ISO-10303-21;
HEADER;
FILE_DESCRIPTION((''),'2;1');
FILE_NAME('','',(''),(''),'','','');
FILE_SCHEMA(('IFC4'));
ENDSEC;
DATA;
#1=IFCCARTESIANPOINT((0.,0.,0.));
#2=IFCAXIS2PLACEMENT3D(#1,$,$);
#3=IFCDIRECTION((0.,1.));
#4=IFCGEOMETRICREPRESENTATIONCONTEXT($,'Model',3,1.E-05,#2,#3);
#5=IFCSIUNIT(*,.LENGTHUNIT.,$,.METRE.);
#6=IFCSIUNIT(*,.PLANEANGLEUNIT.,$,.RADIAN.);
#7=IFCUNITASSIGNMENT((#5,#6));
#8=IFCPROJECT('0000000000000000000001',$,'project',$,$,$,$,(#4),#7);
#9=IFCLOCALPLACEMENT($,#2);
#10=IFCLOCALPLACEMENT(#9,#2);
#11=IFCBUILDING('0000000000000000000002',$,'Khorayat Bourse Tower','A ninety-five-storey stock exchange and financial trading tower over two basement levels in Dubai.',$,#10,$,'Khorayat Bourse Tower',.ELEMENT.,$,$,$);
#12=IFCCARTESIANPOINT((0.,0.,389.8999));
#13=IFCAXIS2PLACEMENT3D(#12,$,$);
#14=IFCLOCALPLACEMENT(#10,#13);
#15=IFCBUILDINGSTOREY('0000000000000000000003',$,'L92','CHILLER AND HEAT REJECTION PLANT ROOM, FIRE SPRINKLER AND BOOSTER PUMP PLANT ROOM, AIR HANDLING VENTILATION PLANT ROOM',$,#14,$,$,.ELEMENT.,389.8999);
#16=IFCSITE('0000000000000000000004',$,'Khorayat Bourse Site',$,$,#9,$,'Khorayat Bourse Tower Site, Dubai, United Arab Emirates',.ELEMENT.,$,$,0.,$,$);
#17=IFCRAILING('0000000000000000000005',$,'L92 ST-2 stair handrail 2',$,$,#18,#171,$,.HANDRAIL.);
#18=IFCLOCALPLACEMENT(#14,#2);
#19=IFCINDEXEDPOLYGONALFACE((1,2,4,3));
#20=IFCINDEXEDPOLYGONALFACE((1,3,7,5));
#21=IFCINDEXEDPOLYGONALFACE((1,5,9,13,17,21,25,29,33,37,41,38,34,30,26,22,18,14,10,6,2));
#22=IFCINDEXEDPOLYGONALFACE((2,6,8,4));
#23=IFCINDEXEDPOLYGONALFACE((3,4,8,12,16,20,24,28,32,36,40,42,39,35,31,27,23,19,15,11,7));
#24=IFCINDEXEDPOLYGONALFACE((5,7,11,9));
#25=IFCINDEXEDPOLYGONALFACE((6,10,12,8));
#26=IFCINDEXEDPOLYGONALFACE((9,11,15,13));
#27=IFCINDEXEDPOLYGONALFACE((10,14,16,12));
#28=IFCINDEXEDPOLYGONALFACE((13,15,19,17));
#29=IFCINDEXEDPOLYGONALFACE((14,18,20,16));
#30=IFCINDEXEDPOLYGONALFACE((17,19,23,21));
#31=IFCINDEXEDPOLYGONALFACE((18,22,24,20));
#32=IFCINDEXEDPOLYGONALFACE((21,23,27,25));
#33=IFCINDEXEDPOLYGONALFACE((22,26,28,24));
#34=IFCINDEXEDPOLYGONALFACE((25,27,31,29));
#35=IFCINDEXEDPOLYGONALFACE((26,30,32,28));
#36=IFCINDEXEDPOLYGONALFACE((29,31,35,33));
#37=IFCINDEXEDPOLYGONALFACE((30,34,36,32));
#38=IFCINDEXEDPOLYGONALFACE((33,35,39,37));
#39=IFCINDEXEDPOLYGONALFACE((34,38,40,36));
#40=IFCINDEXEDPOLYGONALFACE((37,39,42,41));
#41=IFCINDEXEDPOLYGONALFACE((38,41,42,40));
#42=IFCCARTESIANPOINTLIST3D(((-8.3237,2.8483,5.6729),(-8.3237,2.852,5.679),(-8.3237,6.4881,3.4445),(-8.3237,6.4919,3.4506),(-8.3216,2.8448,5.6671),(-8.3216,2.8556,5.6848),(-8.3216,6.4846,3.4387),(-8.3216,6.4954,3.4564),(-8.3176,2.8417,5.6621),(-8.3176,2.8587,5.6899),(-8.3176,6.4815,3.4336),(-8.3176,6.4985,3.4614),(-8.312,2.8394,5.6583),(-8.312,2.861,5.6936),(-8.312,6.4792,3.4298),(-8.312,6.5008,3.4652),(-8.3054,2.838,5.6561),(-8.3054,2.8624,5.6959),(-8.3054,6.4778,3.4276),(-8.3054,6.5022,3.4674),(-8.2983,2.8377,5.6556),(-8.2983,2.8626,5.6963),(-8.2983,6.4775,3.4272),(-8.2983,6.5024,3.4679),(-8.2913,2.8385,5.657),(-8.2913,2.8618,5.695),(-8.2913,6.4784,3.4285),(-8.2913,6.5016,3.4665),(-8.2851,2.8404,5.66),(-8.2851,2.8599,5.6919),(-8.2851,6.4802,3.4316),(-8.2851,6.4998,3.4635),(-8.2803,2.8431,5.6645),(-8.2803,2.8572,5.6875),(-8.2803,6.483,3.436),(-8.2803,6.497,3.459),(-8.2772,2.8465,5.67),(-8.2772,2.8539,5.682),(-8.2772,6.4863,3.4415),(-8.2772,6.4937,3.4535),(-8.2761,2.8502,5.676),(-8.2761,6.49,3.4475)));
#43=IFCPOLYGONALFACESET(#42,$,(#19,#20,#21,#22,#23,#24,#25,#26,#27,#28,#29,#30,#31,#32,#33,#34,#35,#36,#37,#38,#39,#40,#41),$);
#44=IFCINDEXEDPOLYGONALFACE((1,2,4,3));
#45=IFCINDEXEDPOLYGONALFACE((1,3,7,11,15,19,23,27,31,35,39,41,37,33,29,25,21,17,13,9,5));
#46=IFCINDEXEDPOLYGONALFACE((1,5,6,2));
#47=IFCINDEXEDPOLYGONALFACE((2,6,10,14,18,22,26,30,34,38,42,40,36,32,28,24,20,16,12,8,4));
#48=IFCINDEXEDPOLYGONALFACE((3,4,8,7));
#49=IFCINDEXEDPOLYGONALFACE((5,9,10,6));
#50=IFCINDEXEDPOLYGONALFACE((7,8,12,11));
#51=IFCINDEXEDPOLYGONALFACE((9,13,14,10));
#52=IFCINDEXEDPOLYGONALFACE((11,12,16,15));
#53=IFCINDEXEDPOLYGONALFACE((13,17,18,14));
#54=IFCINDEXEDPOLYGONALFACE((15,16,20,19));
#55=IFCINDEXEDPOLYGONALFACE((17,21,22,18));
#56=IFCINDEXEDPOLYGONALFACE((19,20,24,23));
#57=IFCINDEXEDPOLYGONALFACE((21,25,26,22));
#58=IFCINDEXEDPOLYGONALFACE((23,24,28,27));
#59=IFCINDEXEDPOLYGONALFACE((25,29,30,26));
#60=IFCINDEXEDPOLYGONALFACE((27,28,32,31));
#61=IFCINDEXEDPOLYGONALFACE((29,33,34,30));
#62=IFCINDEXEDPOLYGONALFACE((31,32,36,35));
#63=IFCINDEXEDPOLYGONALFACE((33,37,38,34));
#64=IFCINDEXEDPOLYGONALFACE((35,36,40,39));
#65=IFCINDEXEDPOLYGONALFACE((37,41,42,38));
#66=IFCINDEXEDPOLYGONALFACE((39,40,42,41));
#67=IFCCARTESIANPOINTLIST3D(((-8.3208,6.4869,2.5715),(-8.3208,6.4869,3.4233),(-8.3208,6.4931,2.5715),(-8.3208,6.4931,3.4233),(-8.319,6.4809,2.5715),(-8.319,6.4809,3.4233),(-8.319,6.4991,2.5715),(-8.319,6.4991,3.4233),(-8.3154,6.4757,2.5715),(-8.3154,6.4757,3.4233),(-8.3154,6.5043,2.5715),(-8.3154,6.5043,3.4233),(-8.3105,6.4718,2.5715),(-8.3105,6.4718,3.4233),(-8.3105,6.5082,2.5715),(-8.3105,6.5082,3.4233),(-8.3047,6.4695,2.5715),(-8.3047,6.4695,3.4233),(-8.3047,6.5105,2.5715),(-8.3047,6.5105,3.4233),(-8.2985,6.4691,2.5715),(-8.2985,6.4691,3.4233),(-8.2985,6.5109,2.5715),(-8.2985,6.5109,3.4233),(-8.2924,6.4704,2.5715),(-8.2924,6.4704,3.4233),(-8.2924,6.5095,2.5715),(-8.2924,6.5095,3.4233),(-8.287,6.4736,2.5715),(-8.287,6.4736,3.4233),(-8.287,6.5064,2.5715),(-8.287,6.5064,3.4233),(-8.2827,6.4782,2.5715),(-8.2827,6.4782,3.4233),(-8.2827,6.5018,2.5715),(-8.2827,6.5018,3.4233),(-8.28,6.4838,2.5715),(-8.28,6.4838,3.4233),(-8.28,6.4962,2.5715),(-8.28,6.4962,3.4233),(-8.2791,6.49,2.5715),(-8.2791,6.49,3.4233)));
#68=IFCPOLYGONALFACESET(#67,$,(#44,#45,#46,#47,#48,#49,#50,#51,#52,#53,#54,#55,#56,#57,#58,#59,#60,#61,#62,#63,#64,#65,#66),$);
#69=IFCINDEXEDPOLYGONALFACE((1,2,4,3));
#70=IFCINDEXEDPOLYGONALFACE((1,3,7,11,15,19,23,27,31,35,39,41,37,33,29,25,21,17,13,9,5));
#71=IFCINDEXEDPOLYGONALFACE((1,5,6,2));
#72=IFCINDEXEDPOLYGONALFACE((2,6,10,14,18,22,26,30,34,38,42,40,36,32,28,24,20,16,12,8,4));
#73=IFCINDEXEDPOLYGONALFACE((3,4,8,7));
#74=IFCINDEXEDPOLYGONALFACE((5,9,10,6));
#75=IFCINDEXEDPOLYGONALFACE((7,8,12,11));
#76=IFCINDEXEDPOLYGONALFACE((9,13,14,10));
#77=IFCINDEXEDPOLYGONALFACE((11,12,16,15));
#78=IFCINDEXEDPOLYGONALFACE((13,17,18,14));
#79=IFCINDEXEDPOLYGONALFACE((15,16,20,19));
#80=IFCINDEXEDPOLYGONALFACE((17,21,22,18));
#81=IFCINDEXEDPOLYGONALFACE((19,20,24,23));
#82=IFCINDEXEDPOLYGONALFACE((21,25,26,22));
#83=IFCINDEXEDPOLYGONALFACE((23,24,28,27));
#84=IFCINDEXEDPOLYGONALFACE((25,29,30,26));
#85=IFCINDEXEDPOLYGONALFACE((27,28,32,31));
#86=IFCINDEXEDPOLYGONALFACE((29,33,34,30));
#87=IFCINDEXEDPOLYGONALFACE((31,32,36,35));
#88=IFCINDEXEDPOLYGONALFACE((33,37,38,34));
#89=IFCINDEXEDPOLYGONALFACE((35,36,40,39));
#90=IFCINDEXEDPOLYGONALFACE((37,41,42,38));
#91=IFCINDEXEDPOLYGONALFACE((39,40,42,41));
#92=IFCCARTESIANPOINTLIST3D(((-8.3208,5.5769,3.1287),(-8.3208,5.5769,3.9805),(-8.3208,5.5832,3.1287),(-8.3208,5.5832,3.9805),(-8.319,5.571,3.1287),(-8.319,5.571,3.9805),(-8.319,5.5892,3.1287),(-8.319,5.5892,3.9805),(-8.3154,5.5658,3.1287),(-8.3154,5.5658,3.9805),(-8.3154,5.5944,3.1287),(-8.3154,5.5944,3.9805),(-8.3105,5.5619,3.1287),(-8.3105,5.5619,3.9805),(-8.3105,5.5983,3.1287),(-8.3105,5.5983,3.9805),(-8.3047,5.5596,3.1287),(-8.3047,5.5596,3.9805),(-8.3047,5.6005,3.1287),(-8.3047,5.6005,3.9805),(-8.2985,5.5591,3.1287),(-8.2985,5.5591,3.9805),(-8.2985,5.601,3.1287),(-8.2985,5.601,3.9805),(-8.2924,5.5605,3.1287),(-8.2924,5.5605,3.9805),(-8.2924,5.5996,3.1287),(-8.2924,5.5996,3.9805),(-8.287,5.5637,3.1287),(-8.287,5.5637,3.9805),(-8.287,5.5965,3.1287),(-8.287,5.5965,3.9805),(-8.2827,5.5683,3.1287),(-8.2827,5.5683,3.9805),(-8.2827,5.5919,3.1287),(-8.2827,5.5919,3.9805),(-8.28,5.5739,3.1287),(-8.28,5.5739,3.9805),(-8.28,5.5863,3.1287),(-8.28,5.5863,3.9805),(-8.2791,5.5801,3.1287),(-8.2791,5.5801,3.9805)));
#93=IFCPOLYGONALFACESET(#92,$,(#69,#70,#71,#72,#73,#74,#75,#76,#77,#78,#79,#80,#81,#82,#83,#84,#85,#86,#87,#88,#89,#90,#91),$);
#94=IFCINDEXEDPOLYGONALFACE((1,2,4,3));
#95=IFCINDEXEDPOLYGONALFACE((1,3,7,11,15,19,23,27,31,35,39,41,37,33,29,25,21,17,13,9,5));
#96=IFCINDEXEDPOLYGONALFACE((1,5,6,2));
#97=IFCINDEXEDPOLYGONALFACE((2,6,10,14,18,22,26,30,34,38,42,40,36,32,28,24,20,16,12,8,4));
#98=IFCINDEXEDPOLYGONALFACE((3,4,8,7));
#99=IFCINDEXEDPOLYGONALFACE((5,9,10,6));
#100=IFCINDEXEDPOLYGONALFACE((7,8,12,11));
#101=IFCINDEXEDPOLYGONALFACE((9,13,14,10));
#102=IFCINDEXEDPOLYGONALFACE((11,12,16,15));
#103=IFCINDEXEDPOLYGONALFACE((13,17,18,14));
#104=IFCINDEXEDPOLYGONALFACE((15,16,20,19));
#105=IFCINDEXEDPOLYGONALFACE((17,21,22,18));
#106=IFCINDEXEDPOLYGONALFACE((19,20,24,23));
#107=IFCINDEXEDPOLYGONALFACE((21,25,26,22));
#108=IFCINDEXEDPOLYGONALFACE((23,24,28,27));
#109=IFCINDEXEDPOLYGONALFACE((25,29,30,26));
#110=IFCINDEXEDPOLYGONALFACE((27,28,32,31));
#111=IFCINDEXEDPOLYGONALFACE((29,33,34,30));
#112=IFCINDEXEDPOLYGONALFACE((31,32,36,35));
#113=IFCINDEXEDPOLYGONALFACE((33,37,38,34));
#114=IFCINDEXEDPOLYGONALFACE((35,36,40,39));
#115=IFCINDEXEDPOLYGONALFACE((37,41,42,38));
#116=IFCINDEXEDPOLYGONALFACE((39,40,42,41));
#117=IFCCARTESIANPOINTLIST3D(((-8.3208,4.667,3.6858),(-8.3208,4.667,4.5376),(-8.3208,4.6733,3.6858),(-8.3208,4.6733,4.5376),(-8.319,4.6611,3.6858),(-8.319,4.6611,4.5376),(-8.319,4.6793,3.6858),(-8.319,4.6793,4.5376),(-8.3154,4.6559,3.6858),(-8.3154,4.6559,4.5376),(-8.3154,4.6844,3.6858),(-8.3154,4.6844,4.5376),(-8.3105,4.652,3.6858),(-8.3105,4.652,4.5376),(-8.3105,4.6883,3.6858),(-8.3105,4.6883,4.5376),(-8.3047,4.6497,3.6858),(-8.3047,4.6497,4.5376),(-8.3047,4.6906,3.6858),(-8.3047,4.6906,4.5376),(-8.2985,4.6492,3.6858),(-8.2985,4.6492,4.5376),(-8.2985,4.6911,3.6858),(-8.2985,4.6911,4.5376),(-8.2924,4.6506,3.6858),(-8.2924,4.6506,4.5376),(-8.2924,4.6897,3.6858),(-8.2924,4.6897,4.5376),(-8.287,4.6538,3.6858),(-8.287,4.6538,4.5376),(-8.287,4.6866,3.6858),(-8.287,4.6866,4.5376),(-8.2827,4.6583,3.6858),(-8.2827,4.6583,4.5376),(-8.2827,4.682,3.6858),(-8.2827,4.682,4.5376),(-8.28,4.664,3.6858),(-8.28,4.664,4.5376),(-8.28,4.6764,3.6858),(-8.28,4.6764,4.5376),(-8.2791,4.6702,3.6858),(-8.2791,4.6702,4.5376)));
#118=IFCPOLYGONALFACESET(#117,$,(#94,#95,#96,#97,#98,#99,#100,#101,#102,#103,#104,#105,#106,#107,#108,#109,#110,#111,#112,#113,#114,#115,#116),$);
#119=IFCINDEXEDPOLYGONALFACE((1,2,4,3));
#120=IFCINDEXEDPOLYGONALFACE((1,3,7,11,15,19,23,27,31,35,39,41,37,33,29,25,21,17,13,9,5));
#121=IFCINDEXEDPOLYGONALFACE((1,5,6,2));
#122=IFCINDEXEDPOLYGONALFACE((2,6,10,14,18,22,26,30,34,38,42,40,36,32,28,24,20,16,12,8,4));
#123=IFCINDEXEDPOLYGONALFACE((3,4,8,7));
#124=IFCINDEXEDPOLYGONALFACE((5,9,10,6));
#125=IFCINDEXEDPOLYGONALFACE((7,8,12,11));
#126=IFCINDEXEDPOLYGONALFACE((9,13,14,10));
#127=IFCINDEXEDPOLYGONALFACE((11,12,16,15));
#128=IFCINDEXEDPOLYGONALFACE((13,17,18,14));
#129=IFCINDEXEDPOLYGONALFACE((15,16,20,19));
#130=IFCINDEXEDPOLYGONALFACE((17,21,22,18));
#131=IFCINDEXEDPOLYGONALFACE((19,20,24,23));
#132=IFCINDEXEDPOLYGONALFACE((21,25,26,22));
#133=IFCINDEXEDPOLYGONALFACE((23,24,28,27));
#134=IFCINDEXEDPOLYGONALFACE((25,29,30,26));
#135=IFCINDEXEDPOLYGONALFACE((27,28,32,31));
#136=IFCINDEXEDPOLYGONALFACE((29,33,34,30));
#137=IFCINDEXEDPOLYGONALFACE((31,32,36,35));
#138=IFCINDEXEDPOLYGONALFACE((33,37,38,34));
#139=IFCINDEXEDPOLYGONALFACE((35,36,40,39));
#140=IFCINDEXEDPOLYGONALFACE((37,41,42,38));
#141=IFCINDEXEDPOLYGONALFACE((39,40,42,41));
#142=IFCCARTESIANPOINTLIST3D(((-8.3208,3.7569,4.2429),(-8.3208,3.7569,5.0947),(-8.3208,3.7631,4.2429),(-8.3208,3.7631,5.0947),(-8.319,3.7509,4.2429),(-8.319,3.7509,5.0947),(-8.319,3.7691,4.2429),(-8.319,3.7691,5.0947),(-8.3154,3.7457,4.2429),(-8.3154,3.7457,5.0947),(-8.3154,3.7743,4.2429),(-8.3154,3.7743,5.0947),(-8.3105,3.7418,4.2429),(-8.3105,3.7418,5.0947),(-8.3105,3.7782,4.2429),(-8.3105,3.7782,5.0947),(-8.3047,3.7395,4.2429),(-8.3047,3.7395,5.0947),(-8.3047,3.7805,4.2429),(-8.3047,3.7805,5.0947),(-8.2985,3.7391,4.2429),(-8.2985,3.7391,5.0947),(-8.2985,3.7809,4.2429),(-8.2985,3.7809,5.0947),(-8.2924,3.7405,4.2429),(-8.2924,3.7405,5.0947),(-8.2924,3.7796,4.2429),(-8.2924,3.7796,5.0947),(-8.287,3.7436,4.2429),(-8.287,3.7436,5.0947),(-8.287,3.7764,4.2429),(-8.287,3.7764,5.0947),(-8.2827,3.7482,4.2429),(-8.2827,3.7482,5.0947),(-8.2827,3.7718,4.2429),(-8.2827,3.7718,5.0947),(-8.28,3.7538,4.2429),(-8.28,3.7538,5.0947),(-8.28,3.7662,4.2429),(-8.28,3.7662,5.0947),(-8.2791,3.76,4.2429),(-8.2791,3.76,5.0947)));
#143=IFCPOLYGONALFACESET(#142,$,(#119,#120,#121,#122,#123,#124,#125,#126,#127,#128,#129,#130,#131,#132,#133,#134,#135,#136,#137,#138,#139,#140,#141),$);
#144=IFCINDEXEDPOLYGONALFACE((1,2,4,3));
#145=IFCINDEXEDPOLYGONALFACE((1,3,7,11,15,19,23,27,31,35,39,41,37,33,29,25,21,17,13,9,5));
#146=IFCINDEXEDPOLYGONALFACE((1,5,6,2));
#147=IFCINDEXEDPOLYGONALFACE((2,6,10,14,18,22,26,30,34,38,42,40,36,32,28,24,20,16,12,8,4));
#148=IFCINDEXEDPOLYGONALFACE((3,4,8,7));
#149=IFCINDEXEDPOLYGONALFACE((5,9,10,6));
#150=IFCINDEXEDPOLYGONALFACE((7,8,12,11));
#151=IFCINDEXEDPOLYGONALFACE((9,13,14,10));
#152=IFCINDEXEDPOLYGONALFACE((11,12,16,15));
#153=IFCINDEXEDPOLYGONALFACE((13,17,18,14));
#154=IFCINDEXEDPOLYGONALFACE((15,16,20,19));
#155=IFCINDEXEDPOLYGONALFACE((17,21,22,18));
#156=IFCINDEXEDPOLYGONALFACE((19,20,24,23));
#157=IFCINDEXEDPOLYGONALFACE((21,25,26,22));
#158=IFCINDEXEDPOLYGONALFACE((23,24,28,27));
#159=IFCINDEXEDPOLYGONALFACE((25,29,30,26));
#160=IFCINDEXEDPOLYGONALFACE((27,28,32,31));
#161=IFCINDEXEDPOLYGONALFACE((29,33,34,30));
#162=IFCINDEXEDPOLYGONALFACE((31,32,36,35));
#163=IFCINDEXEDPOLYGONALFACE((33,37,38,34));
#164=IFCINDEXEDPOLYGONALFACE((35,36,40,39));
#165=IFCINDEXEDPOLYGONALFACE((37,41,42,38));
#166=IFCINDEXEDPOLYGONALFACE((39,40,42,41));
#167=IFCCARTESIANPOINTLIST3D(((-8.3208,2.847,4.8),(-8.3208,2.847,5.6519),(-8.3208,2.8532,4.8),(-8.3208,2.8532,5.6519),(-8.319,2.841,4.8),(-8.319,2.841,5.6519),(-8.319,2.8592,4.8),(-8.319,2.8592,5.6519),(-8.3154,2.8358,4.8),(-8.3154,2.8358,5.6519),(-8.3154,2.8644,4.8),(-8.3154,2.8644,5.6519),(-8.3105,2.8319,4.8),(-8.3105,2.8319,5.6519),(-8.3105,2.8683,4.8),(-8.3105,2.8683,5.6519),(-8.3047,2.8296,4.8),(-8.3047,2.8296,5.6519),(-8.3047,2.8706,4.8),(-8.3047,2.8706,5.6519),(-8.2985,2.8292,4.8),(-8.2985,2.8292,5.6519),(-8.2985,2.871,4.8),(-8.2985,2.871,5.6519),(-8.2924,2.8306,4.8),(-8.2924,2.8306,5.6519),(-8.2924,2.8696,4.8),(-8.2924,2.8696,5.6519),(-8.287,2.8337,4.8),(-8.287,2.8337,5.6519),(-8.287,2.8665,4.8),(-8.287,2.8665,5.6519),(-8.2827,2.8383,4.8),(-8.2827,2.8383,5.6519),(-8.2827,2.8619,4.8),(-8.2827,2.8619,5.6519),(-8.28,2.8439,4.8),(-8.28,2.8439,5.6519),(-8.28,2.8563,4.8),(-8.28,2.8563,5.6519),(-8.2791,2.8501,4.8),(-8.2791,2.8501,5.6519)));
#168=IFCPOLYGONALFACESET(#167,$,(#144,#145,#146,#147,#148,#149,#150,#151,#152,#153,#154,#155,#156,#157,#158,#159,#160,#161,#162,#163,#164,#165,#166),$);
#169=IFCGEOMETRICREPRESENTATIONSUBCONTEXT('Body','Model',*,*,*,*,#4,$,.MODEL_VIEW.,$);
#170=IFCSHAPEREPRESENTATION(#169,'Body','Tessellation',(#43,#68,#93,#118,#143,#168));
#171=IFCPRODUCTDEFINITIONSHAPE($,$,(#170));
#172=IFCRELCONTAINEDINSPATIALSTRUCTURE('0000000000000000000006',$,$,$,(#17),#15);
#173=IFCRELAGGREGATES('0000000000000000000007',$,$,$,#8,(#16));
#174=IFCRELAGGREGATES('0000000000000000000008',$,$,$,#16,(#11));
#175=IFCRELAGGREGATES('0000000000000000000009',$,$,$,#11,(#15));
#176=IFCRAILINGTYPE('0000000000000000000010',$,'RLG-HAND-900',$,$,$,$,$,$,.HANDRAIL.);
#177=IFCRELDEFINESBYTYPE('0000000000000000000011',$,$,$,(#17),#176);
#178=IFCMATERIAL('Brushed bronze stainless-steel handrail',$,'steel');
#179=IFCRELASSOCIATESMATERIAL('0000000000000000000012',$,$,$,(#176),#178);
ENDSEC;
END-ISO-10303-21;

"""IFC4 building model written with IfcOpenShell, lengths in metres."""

from ifc_helpers import new_model, si_unit, direction, frame, origin, origin_2d, place, context, subcontext, project, spatial, circle, extrude, source, transform, mapped, material, type_object, element, save


model = new_model("IFC4")

# Units and contexts
model_context = context("Model", 3, precision=1e-05, world=origin(), true_north=direction((0.0, 1.0)))
body_context = subcontext(model_context, "Body", "Model", "MODEL_VIEW")
ifc_project = project(units=[si_unit("LENGTHUNIT", "METRE"), si_unit("PLANEANGLEUNIT", "RADIAN")], contexts=[model_context])

# Site, building, storey
site_placement = place(None, origin())
site = spatial("IfcSite", under=ifc_project, at=site_placement, Name="Khorayat Bourse Site", LongName="Khorayat Bourse Tower Site, Dubai, United Arab Emirates", CompositionType="ELEMENT", RefElevation=0.0)
building_placement = place(site_placement, origin())
building = spatial("IfcBuilding", under=site, at=building_placement, Name="Khorayat Bourse Tower", Description="A ninety-five-storey stock exchange and financial trading tower over two basement levels in Dubai.", LongName="Khorayat Bourse Tower", CompositionType="ELEMENT")
storey_placement = place(building_placement, frame((0.0, 0.0, 389.8999)))
storey = spatial("IfcBuildingStorey", under=building, at=storey_placement, Name="L92", Description="CHILLER AND HEAT REJECTION PLANT ROOM, FIRE SPRINKLER AND BOOSTER PUMP PLANT ROOM, AIR HANDLING VENTILATION PLANT ROOM", CompositionType="ELEMENT", Elevation=389.8999)

# Railing
ifc_material_1 = material(Name="Brushed bronze stainless-steel handrail", Category="steel")
railing_type_1 = type_object("IfcRailingType", Name="RLG-HAND-900", PredefinedType="HANDRAIL", material=ifc_material_1)
shared_shape_1 = source(origin(), body_context, "Body", "SweptSolid", [
    extrude(circle(Radius=0.0239, at=origin_2d()), frame((0.0, 0.0, 0.876), z_axis=(0.0, -0.85285, 0.522156), x_axis=(1.0, 0.0, 0.0)), (0.0, 0.0, 1.0), 4.2678),
    extrude(circle(Radius=0.021, at=origin_2d()), origin(), (0.0, 0.0, 1.0), 0.8518),
    extrude(circle(Radius=0.021, at=origin_2d()), frame((0.0, -0.9099, 0.5571)), (0.0, 0.0, 1.0), 0.8518),
    extrude(circle(Radius=0.021, at=origin_2d()), frame((0.0, -1.8198, 1.1143)), (0.0, 0.0, 1.0), 0.8518),
    extrude(circle(Radius=0.021, at=origin_2d()), frame((0.0, -2.73, 1.6714)), (0.0, 0.0, 1.0), 0.8518),
    extrude(circle(Radius=0.021, at=origin_2d()), frame((0.0, -3.6399, 2.2285)), (0.0, 0.0, 1.0), 0.8518),
])
railing_1_placement = place(storey_placement, frame((-8.3, 6.49, 2.5715)))
element("IfcRailing", 1, at=railing_1_placement, inside=storey, type_object=railing_type_1, Name="L92 ST-2 stair handrail 2", PredefinedType="HANDRAIL", context=body_context, shape_type="MappedRepresentation", body=[
    mapped(shared_shape_1, transform((0.0, 0.0, 0.0), scale=1.0)),
])

save(model, "model.ifc")
